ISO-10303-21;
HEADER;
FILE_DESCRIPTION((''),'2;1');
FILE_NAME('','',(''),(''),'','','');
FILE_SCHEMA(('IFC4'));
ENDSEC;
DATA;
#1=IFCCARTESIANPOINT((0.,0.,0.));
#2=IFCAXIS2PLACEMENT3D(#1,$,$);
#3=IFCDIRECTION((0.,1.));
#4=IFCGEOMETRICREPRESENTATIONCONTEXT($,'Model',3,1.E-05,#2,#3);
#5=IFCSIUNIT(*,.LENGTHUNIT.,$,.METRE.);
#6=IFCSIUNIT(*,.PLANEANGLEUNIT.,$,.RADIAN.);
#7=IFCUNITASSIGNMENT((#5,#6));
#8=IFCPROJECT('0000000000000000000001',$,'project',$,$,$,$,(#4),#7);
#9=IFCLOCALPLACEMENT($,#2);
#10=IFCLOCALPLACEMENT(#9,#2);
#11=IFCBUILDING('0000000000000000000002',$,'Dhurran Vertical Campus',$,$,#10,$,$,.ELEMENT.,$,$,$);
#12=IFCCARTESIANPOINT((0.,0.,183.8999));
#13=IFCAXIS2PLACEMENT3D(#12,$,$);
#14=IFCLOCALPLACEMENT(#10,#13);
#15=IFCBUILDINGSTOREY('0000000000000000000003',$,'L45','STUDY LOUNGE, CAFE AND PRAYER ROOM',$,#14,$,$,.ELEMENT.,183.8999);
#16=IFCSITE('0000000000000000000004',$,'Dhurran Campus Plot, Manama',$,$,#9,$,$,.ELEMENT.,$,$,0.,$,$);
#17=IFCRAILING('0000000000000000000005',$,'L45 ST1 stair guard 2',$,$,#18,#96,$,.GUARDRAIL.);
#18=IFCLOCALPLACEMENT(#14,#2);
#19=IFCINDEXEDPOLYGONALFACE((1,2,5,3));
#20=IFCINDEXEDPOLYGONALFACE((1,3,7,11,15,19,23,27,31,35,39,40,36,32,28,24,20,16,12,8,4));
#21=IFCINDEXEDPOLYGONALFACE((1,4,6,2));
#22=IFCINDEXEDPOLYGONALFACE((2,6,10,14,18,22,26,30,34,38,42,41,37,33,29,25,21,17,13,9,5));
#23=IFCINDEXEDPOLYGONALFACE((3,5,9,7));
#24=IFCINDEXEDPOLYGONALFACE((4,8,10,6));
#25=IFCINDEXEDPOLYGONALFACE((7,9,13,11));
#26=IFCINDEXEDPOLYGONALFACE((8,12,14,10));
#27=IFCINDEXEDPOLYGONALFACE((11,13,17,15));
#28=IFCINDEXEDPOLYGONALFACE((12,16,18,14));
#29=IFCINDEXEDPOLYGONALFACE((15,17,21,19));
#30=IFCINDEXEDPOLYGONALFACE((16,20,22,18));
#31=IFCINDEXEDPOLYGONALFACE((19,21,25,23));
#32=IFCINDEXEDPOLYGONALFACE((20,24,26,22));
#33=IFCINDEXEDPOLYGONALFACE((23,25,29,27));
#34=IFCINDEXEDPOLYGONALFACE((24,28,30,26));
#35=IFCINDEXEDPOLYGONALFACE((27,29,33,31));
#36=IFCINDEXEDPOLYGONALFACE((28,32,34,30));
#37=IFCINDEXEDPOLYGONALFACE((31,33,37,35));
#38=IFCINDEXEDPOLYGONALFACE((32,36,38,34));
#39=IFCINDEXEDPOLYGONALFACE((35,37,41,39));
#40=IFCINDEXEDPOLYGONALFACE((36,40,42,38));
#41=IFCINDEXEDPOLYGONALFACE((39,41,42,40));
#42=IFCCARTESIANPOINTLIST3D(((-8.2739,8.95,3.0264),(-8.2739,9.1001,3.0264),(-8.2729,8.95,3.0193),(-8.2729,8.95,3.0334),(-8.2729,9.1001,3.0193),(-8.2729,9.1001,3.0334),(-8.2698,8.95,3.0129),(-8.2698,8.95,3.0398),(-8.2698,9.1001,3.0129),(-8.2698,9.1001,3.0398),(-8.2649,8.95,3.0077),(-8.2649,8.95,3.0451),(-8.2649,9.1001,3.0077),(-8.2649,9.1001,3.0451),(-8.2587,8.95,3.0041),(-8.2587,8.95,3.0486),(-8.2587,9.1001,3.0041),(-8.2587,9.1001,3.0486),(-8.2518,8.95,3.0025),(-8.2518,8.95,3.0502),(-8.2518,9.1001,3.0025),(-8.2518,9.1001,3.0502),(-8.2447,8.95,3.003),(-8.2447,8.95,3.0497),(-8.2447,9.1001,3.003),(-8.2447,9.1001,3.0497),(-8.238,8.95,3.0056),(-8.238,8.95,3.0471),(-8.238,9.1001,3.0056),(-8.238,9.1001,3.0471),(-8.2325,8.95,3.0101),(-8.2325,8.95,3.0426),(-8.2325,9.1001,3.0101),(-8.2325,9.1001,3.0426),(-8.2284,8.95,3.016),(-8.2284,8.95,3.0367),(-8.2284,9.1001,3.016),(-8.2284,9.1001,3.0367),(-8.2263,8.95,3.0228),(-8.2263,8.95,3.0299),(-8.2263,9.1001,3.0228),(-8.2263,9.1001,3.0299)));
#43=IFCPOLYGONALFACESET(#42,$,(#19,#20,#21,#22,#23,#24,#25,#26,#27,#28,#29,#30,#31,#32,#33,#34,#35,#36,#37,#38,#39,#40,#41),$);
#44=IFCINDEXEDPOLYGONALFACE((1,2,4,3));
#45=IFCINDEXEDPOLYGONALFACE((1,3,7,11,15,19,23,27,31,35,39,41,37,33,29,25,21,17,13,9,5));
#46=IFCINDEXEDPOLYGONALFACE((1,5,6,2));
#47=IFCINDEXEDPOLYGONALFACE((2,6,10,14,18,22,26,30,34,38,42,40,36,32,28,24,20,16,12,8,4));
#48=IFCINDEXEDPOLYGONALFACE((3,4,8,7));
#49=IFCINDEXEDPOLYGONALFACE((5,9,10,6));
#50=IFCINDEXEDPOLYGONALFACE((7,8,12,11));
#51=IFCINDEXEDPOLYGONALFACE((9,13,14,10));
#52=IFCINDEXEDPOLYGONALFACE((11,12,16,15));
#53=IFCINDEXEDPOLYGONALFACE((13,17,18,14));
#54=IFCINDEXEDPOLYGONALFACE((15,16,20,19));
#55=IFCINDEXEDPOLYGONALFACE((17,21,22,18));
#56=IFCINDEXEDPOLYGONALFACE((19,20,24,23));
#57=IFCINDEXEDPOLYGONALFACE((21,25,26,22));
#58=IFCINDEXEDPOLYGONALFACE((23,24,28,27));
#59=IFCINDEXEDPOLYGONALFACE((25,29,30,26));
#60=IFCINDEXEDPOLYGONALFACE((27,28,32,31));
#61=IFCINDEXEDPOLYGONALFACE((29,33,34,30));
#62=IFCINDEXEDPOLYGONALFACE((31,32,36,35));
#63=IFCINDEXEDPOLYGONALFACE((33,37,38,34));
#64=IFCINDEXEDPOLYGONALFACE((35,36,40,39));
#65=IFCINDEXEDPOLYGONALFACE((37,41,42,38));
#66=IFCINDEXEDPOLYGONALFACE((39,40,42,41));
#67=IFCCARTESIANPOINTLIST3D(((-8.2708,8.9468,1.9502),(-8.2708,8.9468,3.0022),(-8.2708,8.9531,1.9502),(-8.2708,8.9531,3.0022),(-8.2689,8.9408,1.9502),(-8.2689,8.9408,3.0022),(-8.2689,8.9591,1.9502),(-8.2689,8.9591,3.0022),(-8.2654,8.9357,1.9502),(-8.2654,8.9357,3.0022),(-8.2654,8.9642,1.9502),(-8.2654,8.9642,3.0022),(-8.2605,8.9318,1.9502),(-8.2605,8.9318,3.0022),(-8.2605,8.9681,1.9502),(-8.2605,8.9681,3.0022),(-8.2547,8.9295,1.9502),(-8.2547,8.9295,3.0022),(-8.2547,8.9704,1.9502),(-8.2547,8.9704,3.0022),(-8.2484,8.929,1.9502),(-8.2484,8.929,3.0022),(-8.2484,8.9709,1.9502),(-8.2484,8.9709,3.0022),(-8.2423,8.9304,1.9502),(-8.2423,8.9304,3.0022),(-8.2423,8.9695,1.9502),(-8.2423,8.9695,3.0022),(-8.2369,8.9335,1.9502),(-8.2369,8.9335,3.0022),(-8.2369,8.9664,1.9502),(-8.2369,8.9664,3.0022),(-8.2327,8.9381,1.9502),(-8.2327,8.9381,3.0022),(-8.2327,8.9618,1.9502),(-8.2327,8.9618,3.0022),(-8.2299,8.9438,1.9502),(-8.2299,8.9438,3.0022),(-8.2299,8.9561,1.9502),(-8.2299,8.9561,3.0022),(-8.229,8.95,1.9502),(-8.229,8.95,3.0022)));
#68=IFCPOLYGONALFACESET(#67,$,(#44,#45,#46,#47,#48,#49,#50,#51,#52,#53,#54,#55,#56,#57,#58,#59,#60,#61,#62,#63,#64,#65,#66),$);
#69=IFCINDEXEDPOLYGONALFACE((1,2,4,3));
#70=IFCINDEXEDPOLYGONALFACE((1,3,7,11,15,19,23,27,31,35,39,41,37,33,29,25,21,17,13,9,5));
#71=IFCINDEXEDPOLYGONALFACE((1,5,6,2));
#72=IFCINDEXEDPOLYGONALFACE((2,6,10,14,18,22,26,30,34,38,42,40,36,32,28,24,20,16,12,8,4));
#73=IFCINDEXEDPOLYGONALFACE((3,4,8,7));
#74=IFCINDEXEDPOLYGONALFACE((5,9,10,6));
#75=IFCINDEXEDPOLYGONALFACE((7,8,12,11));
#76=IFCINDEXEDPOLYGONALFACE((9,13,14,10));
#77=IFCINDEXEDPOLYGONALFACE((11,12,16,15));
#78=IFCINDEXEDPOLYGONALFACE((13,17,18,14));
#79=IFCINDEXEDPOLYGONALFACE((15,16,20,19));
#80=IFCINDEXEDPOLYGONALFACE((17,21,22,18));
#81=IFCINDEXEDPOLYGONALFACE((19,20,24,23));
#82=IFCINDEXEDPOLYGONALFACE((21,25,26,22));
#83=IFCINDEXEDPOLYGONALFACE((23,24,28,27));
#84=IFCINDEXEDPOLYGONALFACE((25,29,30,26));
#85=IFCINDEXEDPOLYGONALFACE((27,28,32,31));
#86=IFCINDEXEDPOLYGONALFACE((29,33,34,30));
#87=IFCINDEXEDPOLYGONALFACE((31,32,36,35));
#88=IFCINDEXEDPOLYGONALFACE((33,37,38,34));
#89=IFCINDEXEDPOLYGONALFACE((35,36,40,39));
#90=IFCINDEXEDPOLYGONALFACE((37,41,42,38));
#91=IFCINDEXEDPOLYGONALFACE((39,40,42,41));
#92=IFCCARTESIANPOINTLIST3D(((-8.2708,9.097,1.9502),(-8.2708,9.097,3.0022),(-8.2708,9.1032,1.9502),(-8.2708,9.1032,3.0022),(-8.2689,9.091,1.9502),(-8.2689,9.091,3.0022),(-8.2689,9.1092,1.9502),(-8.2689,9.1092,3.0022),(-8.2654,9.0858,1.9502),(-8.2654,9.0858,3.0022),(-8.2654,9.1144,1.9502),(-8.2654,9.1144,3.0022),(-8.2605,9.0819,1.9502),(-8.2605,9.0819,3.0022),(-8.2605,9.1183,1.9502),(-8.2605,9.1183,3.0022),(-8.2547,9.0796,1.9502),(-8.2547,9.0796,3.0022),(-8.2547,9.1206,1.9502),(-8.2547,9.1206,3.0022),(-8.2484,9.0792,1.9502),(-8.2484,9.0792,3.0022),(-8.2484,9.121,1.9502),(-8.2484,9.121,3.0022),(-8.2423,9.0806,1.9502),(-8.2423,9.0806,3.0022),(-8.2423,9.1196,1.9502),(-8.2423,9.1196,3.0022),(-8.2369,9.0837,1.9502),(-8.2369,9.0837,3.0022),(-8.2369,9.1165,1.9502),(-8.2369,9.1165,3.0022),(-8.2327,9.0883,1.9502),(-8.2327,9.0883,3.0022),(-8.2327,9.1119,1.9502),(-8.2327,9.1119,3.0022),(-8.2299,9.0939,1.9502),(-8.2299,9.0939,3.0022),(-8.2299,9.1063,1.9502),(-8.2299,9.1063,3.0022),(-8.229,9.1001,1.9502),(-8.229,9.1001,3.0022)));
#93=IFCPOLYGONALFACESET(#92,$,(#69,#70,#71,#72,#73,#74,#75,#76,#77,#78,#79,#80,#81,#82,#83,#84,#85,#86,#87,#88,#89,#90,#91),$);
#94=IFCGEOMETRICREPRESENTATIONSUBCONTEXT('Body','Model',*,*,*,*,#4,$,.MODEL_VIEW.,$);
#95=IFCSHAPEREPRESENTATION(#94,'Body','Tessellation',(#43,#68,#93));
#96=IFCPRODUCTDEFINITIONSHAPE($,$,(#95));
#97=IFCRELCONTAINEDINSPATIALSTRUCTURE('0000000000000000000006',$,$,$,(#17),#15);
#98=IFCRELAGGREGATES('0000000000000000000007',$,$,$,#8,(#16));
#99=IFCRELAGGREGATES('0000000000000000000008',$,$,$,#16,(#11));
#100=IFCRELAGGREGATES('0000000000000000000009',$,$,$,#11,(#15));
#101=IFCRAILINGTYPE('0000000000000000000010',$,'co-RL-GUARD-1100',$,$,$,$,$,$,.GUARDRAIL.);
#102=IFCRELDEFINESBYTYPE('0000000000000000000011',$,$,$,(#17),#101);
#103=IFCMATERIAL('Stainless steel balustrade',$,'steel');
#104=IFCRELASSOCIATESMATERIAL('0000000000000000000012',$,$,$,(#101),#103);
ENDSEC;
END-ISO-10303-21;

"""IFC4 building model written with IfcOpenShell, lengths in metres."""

from ifc_helpers import new_model, si_unit, direction, frame, origin, origin_2d, place, context, subcontext, project, spatial, circle, extrude, material, type_object, element, save


model = new_model("IFC4")

# Units and contexts
model_context = context("Model", 3, precision=1e-05, world=origin(), true_north=direction((0.0, 1.0)))
body_context = subcontext(model_context, "Body", "Model", "MODEL_VIEW")
ifc_project = project(units=[si_unit("LENGTHUNIT", "METRE"), si_unit("PLANEANGLEUNIT", "RADIAN")], contexts=[model_context])

# Site, building, storey
site_placement = place(None, origin())
site = spatial("IfcSite", under=ifc_project, at=site_placement, Name="Dhurran Campus Plot, Manama", CompositionType="ELEMENT", RefElevation=0.0)
building_placement = place(site_placement, origin())
building = spatial("IfcBuilding", under=site, at=building_placement, Name="Dhurran Vertical Campus", CompositionType="ELEMENT")
storey_placement = place(building_placement, frame((0.0, 0.0, 183.8999)))
storey = spatial("IfcBuildingStorey", under=building, at=storey_placement, Name="L45", Description="STUDY LOUNGE, CAFE AND PRAYER ROOM", CompositionType="ELEMENT", Elevation=183.8999)

# Railing
ifc_material_1 = material(Name="Stainless steel balustrade", Category="steel")
railing_type_1 = type_object("IfcRailingType", Name="co-RL-GUARD-1100", PredefinedType="GUARDRAIL", material=ifc_material_1)
railing_1_placement = place(storey_placement, frame((-8.25, 8.95, 1.9502)))
element("IfcRailing", 1, at=railing_1_placement, inside=storey, type_object=railing_type_1, Name="L45 ST1 stair guard 2", PredefinedType="GUARDRAIL", context=body_context, shape_type="SweptSolid", body=[
    extrude(circle(Radius=0.0239, at=origin_2d()), frame((0.0, 0.0, 1.0762), z_axis=(0.0, 1.0, 0.0), x_axis=(-1.0, 0.0, 0.0)), (0.0, 0.0, 1.0), 0.1501),
    extrude(circle(Radius=0.021, at=origin_2d()), origin(), (0.0, 0.0, 1.0), 1.052),
    extrude(circle(Radius=0.021, at=origin_2d()), frame((0.0, 0.1501, 0.0)), (0.0, 0.0, 1.0), 1.052),
])

save(model, "model.ifc")
